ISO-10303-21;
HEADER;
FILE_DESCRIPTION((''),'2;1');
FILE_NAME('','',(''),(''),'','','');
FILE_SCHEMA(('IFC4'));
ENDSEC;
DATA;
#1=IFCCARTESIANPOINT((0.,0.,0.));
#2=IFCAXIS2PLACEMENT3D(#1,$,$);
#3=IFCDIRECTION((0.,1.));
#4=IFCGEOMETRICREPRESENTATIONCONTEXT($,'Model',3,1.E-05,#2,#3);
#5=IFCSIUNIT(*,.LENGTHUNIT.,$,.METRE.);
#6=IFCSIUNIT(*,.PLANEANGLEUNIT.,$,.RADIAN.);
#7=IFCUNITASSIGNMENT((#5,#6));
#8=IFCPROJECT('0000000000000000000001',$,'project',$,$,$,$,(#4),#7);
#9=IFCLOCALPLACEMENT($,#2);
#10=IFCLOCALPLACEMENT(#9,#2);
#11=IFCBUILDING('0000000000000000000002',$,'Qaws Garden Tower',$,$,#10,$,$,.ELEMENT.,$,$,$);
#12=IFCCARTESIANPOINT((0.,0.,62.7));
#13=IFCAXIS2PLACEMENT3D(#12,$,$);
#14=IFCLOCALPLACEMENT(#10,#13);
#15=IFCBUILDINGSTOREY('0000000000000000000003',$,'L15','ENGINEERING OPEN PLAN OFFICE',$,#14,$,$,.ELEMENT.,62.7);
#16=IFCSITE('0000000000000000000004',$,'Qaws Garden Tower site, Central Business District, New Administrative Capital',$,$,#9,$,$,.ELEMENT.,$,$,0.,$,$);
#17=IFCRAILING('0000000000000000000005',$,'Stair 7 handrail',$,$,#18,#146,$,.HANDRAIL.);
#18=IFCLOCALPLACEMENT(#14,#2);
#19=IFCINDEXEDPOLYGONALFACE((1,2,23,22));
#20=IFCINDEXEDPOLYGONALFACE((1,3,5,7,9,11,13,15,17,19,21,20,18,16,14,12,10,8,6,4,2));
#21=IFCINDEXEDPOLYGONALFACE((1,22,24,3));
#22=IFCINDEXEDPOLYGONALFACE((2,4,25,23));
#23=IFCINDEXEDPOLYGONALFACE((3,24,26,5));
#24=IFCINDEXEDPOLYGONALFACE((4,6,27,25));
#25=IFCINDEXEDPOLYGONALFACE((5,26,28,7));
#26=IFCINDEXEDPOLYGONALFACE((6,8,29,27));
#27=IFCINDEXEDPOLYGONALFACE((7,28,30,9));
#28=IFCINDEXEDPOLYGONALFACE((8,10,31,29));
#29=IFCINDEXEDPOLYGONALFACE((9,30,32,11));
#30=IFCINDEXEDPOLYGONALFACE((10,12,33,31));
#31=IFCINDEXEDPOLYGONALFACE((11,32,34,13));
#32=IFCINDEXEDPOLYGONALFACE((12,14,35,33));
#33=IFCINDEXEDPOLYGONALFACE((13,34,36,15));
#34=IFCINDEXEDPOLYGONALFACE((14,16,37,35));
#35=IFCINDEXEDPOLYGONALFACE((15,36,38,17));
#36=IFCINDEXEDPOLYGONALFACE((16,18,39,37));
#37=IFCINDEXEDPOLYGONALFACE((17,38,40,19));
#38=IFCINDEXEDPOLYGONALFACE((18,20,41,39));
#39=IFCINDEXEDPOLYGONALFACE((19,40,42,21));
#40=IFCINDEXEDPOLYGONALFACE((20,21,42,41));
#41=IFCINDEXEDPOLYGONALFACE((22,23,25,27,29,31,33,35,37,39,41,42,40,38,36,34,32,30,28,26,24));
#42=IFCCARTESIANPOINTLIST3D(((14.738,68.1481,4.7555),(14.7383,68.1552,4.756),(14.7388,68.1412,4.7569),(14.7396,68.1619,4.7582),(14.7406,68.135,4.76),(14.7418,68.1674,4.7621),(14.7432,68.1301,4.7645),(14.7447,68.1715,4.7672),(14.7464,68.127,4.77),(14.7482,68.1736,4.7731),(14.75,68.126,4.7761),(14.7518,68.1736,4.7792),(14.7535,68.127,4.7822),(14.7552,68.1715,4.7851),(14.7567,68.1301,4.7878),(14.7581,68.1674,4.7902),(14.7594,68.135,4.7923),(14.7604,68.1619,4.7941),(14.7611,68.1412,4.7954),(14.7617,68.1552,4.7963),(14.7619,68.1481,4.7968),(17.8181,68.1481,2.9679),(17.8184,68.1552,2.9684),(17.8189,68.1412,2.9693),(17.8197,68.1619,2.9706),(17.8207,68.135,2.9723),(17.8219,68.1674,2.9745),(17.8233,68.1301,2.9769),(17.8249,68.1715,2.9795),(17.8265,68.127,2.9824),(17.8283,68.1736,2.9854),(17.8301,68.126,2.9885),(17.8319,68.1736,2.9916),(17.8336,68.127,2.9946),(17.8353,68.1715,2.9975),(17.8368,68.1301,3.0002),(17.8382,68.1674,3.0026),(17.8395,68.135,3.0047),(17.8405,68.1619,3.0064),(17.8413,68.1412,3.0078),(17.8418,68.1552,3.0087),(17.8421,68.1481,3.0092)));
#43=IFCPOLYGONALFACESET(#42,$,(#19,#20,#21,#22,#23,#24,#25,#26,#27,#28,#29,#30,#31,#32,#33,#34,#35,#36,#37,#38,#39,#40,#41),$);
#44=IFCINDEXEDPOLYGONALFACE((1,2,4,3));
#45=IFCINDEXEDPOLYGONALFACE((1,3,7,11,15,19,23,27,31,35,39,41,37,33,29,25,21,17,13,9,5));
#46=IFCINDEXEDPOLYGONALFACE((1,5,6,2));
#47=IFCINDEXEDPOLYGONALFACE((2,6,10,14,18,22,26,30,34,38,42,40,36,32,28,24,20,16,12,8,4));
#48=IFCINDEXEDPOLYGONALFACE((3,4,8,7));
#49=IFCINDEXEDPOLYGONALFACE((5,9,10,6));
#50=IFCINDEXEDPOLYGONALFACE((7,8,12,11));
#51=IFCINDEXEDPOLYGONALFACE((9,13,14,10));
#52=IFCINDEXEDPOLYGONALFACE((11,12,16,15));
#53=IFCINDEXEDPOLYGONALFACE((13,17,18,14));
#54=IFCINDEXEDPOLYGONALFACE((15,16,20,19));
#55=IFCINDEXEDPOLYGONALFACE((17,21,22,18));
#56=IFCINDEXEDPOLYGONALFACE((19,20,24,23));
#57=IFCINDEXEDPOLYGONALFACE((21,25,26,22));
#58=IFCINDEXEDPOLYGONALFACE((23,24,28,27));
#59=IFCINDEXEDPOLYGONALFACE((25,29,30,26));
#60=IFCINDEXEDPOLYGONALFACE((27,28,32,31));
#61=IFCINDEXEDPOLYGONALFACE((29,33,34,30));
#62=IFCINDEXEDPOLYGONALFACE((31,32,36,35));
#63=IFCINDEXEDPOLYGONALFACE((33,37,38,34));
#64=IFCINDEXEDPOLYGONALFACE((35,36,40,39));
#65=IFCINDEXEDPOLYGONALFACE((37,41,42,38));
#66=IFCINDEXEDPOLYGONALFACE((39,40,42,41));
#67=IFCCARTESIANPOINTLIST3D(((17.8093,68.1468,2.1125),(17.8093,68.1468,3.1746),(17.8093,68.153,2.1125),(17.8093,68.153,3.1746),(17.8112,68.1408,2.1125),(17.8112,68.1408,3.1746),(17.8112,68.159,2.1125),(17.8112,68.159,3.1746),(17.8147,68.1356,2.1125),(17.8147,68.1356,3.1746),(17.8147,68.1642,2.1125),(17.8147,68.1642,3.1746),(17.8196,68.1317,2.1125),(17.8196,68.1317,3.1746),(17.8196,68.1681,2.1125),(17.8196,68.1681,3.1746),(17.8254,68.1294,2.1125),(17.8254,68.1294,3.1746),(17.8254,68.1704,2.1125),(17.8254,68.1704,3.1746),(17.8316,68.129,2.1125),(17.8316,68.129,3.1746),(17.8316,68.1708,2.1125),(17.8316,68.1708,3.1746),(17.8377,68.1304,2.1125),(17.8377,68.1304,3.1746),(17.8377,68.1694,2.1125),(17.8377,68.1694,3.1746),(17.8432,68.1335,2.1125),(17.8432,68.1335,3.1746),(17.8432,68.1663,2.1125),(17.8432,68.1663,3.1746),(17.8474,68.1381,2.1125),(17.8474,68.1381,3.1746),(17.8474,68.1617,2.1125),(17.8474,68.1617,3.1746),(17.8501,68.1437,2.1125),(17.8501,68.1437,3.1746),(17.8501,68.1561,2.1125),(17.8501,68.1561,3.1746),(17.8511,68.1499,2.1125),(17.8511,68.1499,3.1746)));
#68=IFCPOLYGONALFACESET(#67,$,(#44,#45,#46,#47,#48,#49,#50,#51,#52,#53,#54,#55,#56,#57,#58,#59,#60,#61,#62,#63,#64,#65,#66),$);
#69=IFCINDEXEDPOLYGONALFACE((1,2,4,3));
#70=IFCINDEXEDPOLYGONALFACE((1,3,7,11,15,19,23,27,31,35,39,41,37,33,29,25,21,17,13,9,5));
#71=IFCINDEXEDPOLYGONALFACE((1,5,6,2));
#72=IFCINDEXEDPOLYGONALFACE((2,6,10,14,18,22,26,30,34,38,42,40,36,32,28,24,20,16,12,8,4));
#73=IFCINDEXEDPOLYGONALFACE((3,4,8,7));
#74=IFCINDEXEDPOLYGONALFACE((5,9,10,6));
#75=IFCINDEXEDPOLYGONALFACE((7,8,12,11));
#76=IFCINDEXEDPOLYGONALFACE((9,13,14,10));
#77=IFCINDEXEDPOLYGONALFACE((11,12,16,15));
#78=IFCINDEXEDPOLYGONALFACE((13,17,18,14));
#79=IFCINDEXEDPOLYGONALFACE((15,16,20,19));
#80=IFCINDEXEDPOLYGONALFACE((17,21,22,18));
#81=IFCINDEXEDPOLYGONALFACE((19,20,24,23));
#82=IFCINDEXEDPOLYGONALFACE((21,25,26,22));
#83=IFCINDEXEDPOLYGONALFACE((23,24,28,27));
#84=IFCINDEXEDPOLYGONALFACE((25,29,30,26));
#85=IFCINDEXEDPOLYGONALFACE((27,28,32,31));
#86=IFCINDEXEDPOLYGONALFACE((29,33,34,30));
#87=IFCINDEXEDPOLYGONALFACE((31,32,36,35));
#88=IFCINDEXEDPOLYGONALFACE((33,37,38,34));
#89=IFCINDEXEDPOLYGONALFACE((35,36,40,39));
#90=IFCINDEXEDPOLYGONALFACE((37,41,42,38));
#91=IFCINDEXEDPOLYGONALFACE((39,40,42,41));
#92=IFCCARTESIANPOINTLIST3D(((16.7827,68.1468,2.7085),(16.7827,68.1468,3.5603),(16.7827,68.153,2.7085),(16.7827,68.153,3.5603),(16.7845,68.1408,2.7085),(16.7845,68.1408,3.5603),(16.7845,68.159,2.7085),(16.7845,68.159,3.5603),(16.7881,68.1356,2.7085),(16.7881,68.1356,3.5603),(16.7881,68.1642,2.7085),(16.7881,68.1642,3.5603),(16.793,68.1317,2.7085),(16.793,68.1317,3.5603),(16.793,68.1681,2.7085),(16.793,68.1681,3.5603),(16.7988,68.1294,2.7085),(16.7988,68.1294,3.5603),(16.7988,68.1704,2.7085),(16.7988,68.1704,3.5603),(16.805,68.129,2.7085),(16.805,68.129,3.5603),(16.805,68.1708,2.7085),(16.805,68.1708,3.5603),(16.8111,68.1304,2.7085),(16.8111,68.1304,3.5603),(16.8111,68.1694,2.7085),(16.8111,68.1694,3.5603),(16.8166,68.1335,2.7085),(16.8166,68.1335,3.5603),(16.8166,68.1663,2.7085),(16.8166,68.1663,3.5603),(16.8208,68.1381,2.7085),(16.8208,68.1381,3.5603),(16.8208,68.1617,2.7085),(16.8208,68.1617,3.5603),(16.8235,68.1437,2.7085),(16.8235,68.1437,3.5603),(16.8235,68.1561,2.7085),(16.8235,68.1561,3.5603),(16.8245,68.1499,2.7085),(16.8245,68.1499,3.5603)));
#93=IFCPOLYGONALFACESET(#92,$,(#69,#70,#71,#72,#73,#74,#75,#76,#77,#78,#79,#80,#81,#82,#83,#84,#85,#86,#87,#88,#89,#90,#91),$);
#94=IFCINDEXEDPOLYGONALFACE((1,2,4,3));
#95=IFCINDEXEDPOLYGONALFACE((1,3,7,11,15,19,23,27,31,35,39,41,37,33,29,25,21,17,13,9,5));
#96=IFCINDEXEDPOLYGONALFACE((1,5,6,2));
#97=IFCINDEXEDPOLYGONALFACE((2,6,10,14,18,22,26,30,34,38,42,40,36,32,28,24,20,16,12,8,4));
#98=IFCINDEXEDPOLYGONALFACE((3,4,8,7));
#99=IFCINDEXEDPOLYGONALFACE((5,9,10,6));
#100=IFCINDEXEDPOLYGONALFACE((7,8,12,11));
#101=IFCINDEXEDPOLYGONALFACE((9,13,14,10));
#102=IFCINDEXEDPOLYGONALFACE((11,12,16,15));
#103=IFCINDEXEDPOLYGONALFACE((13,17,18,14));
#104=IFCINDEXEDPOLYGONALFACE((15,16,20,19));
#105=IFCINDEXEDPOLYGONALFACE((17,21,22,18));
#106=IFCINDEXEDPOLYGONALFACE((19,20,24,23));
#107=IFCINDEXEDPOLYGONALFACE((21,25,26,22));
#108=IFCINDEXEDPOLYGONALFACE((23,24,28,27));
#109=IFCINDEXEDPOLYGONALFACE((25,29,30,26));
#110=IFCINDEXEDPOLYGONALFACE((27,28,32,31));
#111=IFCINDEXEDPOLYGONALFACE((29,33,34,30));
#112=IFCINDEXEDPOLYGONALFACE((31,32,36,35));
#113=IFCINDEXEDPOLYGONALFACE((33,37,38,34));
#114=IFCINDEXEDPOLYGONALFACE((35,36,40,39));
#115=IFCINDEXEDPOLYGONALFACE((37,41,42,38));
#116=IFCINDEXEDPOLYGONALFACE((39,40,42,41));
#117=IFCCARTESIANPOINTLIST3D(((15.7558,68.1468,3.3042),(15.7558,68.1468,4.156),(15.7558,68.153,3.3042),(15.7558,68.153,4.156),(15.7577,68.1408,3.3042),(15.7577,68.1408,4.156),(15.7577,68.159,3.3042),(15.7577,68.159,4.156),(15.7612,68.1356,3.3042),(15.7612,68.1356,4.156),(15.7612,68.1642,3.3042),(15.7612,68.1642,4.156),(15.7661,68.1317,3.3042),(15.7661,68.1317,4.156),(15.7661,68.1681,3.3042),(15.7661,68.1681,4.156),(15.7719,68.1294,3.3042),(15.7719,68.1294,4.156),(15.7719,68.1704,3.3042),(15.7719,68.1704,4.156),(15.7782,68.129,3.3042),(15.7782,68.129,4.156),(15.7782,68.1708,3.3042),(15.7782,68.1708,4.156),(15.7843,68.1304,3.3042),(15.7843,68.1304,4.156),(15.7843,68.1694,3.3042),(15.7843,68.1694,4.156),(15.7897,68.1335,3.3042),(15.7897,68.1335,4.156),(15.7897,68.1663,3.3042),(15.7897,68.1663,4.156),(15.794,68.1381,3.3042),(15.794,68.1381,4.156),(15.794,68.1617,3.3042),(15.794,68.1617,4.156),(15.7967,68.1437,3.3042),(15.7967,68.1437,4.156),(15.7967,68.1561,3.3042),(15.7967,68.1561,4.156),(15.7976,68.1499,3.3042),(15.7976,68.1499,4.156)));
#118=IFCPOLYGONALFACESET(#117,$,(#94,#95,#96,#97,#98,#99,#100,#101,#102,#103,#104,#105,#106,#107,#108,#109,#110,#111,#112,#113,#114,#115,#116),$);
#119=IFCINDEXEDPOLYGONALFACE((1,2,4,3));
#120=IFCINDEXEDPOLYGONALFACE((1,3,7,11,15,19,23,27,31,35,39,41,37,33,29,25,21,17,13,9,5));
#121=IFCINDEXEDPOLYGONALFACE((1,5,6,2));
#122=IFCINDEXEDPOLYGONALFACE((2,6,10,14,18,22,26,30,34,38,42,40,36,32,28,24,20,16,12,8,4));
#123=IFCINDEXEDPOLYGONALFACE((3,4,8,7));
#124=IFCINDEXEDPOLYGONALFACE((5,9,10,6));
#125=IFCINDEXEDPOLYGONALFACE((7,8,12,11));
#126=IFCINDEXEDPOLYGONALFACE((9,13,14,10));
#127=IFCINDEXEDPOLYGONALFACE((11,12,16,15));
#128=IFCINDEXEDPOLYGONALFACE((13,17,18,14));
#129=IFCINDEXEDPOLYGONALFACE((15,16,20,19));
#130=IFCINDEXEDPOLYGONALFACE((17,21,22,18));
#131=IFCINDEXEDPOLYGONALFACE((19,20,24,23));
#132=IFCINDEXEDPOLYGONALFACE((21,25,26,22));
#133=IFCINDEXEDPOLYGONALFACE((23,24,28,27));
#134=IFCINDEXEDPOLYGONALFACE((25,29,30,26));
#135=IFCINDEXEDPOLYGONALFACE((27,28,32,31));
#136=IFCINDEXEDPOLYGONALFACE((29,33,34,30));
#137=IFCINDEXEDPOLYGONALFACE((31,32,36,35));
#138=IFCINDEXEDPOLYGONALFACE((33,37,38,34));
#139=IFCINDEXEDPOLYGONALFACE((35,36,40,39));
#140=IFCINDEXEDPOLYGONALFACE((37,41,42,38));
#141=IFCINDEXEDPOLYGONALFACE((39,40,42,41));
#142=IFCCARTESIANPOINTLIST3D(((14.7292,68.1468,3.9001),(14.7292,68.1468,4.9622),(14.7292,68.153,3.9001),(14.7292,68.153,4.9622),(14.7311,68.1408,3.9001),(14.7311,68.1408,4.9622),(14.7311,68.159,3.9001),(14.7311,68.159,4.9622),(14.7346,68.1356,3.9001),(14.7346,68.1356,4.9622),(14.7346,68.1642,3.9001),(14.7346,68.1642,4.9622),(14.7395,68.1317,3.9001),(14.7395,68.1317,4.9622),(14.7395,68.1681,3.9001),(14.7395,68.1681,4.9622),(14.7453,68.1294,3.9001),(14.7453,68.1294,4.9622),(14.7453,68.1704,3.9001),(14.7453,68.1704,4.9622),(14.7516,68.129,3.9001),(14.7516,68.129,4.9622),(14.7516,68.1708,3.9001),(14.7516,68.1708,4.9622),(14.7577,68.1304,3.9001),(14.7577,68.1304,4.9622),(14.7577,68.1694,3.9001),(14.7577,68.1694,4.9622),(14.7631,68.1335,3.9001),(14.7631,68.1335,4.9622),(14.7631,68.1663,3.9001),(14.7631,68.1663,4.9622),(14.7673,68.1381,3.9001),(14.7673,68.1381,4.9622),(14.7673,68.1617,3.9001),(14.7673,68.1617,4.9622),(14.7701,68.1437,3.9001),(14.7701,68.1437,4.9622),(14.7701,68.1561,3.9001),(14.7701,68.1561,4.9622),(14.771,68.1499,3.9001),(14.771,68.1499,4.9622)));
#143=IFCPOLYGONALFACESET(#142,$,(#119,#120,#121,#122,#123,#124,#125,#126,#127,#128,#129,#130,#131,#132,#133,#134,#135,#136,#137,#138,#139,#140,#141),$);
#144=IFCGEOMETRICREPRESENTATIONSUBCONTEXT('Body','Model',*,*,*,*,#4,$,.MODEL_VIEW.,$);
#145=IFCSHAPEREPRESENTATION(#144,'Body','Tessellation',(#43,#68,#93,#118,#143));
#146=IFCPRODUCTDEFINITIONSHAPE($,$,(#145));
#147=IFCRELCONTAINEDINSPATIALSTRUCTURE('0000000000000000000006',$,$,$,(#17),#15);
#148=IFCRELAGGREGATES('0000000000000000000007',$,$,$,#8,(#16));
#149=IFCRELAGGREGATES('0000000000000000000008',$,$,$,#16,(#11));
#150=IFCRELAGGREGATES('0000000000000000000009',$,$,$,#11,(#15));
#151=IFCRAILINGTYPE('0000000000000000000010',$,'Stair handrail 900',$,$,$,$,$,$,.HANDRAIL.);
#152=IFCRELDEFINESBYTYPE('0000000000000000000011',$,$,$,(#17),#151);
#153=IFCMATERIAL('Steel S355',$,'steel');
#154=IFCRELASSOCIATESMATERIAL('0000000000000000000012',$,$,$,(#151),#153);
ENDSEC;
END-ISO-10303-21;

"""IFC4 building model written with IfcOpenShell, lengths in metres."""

from ifc_helpers import new_model, si_unit, direction, frame, origin, origin_2d, place, context, subcontext, project, spatial, circle, extrude, material, type_object, element, save


model = new_model("IFC4")

# Units and contexts
model_context = context("Model", 3, precision=1e-05, world=origin(), true_north=direction((0.0, 1.0)))
body_context = subcontext(model_context, "Body", "Model", "MODEL_VIEW")
ifc_project = project(units=[si_unit("LENGTHUNIT", "METRE"), si_unit("PLANEANGLEUNIT", "RADIAN")], contexts=[model_context])

# Site, building, storey
site_placement = place(None, origin())
site = spatial("IfcSite", under=ifc_project, at=site_placement, Name="Qaws Garden Tower site, Central Business District, New Administrative Capital", CompositionType="ELEMENT", RefElevation=0.0)
building_placement = place(site_placement, origin())
building = spatial("IfcBuilding", under=site, at=building_placement, Name="Qaws Garden Tower", CompositionType="ELEMENT")
storey_placement = place(building_placement, frame((0.0, 0.0, 62.7)))
storey = spatial("IfcBuildingStorey", under=building, at=storey_placement, Name="L15", Description="ENGINEERING OPEN PLAN OFFICE", CompositionType="ELEMENT", Elevation=62.7)

# Railing
ifc_material_1 = material(Name="Steel S355", Category="steel")
railing_type = type_object("IfcRailingType", Name="Stair handrail 900", PredefinedType="HANDRAIL", material=ifc_material_1)
railing_placement = place(storey_placement, frame((17.8301, 68.1499, 2.1125)))
element("IfcRailing", 1, at=railing_placement, inside=storey, type_object=railing_type, Name="Stair 7 handrail", PredefinedType="HANDRAIL", context=body_context, shape_type="SweptSolid", body=[
    extrude(circle(Radius=0.0239, at=origin_2d()), frame((0.0, 0.0, 0.876), z_axis=(-0.864891, 0.0, 0.50196), x_axis=(0.0, -1.0, 0.0)), (0.0, 0.0, 1.0), 3.5613),
    extrude(circle(Radius=0.021, at=origin_2d()), origin(), (0.0, 0.0, 1.0), 1.062),
    extrude(circle(Radius=0.021, at=origin_2d()), frame((-1.0266, 0.0, 0.5959)), (0.0, 0.0, 1.0), 0.8518),
    extrude(circle(Radius=0.021, at=origin_2d()), frame((-2.0535, 0.0, 1.1917)), (0.0, 0.0, 1.0), 0.8518),
    extrude(circle(Radius=0.021, at=origin_2d()), frame((-3.0801, 0.0, 1.7876)), (0.0, 0.0, 1.0), 1.062),
])

save(model, "model.ifc")
